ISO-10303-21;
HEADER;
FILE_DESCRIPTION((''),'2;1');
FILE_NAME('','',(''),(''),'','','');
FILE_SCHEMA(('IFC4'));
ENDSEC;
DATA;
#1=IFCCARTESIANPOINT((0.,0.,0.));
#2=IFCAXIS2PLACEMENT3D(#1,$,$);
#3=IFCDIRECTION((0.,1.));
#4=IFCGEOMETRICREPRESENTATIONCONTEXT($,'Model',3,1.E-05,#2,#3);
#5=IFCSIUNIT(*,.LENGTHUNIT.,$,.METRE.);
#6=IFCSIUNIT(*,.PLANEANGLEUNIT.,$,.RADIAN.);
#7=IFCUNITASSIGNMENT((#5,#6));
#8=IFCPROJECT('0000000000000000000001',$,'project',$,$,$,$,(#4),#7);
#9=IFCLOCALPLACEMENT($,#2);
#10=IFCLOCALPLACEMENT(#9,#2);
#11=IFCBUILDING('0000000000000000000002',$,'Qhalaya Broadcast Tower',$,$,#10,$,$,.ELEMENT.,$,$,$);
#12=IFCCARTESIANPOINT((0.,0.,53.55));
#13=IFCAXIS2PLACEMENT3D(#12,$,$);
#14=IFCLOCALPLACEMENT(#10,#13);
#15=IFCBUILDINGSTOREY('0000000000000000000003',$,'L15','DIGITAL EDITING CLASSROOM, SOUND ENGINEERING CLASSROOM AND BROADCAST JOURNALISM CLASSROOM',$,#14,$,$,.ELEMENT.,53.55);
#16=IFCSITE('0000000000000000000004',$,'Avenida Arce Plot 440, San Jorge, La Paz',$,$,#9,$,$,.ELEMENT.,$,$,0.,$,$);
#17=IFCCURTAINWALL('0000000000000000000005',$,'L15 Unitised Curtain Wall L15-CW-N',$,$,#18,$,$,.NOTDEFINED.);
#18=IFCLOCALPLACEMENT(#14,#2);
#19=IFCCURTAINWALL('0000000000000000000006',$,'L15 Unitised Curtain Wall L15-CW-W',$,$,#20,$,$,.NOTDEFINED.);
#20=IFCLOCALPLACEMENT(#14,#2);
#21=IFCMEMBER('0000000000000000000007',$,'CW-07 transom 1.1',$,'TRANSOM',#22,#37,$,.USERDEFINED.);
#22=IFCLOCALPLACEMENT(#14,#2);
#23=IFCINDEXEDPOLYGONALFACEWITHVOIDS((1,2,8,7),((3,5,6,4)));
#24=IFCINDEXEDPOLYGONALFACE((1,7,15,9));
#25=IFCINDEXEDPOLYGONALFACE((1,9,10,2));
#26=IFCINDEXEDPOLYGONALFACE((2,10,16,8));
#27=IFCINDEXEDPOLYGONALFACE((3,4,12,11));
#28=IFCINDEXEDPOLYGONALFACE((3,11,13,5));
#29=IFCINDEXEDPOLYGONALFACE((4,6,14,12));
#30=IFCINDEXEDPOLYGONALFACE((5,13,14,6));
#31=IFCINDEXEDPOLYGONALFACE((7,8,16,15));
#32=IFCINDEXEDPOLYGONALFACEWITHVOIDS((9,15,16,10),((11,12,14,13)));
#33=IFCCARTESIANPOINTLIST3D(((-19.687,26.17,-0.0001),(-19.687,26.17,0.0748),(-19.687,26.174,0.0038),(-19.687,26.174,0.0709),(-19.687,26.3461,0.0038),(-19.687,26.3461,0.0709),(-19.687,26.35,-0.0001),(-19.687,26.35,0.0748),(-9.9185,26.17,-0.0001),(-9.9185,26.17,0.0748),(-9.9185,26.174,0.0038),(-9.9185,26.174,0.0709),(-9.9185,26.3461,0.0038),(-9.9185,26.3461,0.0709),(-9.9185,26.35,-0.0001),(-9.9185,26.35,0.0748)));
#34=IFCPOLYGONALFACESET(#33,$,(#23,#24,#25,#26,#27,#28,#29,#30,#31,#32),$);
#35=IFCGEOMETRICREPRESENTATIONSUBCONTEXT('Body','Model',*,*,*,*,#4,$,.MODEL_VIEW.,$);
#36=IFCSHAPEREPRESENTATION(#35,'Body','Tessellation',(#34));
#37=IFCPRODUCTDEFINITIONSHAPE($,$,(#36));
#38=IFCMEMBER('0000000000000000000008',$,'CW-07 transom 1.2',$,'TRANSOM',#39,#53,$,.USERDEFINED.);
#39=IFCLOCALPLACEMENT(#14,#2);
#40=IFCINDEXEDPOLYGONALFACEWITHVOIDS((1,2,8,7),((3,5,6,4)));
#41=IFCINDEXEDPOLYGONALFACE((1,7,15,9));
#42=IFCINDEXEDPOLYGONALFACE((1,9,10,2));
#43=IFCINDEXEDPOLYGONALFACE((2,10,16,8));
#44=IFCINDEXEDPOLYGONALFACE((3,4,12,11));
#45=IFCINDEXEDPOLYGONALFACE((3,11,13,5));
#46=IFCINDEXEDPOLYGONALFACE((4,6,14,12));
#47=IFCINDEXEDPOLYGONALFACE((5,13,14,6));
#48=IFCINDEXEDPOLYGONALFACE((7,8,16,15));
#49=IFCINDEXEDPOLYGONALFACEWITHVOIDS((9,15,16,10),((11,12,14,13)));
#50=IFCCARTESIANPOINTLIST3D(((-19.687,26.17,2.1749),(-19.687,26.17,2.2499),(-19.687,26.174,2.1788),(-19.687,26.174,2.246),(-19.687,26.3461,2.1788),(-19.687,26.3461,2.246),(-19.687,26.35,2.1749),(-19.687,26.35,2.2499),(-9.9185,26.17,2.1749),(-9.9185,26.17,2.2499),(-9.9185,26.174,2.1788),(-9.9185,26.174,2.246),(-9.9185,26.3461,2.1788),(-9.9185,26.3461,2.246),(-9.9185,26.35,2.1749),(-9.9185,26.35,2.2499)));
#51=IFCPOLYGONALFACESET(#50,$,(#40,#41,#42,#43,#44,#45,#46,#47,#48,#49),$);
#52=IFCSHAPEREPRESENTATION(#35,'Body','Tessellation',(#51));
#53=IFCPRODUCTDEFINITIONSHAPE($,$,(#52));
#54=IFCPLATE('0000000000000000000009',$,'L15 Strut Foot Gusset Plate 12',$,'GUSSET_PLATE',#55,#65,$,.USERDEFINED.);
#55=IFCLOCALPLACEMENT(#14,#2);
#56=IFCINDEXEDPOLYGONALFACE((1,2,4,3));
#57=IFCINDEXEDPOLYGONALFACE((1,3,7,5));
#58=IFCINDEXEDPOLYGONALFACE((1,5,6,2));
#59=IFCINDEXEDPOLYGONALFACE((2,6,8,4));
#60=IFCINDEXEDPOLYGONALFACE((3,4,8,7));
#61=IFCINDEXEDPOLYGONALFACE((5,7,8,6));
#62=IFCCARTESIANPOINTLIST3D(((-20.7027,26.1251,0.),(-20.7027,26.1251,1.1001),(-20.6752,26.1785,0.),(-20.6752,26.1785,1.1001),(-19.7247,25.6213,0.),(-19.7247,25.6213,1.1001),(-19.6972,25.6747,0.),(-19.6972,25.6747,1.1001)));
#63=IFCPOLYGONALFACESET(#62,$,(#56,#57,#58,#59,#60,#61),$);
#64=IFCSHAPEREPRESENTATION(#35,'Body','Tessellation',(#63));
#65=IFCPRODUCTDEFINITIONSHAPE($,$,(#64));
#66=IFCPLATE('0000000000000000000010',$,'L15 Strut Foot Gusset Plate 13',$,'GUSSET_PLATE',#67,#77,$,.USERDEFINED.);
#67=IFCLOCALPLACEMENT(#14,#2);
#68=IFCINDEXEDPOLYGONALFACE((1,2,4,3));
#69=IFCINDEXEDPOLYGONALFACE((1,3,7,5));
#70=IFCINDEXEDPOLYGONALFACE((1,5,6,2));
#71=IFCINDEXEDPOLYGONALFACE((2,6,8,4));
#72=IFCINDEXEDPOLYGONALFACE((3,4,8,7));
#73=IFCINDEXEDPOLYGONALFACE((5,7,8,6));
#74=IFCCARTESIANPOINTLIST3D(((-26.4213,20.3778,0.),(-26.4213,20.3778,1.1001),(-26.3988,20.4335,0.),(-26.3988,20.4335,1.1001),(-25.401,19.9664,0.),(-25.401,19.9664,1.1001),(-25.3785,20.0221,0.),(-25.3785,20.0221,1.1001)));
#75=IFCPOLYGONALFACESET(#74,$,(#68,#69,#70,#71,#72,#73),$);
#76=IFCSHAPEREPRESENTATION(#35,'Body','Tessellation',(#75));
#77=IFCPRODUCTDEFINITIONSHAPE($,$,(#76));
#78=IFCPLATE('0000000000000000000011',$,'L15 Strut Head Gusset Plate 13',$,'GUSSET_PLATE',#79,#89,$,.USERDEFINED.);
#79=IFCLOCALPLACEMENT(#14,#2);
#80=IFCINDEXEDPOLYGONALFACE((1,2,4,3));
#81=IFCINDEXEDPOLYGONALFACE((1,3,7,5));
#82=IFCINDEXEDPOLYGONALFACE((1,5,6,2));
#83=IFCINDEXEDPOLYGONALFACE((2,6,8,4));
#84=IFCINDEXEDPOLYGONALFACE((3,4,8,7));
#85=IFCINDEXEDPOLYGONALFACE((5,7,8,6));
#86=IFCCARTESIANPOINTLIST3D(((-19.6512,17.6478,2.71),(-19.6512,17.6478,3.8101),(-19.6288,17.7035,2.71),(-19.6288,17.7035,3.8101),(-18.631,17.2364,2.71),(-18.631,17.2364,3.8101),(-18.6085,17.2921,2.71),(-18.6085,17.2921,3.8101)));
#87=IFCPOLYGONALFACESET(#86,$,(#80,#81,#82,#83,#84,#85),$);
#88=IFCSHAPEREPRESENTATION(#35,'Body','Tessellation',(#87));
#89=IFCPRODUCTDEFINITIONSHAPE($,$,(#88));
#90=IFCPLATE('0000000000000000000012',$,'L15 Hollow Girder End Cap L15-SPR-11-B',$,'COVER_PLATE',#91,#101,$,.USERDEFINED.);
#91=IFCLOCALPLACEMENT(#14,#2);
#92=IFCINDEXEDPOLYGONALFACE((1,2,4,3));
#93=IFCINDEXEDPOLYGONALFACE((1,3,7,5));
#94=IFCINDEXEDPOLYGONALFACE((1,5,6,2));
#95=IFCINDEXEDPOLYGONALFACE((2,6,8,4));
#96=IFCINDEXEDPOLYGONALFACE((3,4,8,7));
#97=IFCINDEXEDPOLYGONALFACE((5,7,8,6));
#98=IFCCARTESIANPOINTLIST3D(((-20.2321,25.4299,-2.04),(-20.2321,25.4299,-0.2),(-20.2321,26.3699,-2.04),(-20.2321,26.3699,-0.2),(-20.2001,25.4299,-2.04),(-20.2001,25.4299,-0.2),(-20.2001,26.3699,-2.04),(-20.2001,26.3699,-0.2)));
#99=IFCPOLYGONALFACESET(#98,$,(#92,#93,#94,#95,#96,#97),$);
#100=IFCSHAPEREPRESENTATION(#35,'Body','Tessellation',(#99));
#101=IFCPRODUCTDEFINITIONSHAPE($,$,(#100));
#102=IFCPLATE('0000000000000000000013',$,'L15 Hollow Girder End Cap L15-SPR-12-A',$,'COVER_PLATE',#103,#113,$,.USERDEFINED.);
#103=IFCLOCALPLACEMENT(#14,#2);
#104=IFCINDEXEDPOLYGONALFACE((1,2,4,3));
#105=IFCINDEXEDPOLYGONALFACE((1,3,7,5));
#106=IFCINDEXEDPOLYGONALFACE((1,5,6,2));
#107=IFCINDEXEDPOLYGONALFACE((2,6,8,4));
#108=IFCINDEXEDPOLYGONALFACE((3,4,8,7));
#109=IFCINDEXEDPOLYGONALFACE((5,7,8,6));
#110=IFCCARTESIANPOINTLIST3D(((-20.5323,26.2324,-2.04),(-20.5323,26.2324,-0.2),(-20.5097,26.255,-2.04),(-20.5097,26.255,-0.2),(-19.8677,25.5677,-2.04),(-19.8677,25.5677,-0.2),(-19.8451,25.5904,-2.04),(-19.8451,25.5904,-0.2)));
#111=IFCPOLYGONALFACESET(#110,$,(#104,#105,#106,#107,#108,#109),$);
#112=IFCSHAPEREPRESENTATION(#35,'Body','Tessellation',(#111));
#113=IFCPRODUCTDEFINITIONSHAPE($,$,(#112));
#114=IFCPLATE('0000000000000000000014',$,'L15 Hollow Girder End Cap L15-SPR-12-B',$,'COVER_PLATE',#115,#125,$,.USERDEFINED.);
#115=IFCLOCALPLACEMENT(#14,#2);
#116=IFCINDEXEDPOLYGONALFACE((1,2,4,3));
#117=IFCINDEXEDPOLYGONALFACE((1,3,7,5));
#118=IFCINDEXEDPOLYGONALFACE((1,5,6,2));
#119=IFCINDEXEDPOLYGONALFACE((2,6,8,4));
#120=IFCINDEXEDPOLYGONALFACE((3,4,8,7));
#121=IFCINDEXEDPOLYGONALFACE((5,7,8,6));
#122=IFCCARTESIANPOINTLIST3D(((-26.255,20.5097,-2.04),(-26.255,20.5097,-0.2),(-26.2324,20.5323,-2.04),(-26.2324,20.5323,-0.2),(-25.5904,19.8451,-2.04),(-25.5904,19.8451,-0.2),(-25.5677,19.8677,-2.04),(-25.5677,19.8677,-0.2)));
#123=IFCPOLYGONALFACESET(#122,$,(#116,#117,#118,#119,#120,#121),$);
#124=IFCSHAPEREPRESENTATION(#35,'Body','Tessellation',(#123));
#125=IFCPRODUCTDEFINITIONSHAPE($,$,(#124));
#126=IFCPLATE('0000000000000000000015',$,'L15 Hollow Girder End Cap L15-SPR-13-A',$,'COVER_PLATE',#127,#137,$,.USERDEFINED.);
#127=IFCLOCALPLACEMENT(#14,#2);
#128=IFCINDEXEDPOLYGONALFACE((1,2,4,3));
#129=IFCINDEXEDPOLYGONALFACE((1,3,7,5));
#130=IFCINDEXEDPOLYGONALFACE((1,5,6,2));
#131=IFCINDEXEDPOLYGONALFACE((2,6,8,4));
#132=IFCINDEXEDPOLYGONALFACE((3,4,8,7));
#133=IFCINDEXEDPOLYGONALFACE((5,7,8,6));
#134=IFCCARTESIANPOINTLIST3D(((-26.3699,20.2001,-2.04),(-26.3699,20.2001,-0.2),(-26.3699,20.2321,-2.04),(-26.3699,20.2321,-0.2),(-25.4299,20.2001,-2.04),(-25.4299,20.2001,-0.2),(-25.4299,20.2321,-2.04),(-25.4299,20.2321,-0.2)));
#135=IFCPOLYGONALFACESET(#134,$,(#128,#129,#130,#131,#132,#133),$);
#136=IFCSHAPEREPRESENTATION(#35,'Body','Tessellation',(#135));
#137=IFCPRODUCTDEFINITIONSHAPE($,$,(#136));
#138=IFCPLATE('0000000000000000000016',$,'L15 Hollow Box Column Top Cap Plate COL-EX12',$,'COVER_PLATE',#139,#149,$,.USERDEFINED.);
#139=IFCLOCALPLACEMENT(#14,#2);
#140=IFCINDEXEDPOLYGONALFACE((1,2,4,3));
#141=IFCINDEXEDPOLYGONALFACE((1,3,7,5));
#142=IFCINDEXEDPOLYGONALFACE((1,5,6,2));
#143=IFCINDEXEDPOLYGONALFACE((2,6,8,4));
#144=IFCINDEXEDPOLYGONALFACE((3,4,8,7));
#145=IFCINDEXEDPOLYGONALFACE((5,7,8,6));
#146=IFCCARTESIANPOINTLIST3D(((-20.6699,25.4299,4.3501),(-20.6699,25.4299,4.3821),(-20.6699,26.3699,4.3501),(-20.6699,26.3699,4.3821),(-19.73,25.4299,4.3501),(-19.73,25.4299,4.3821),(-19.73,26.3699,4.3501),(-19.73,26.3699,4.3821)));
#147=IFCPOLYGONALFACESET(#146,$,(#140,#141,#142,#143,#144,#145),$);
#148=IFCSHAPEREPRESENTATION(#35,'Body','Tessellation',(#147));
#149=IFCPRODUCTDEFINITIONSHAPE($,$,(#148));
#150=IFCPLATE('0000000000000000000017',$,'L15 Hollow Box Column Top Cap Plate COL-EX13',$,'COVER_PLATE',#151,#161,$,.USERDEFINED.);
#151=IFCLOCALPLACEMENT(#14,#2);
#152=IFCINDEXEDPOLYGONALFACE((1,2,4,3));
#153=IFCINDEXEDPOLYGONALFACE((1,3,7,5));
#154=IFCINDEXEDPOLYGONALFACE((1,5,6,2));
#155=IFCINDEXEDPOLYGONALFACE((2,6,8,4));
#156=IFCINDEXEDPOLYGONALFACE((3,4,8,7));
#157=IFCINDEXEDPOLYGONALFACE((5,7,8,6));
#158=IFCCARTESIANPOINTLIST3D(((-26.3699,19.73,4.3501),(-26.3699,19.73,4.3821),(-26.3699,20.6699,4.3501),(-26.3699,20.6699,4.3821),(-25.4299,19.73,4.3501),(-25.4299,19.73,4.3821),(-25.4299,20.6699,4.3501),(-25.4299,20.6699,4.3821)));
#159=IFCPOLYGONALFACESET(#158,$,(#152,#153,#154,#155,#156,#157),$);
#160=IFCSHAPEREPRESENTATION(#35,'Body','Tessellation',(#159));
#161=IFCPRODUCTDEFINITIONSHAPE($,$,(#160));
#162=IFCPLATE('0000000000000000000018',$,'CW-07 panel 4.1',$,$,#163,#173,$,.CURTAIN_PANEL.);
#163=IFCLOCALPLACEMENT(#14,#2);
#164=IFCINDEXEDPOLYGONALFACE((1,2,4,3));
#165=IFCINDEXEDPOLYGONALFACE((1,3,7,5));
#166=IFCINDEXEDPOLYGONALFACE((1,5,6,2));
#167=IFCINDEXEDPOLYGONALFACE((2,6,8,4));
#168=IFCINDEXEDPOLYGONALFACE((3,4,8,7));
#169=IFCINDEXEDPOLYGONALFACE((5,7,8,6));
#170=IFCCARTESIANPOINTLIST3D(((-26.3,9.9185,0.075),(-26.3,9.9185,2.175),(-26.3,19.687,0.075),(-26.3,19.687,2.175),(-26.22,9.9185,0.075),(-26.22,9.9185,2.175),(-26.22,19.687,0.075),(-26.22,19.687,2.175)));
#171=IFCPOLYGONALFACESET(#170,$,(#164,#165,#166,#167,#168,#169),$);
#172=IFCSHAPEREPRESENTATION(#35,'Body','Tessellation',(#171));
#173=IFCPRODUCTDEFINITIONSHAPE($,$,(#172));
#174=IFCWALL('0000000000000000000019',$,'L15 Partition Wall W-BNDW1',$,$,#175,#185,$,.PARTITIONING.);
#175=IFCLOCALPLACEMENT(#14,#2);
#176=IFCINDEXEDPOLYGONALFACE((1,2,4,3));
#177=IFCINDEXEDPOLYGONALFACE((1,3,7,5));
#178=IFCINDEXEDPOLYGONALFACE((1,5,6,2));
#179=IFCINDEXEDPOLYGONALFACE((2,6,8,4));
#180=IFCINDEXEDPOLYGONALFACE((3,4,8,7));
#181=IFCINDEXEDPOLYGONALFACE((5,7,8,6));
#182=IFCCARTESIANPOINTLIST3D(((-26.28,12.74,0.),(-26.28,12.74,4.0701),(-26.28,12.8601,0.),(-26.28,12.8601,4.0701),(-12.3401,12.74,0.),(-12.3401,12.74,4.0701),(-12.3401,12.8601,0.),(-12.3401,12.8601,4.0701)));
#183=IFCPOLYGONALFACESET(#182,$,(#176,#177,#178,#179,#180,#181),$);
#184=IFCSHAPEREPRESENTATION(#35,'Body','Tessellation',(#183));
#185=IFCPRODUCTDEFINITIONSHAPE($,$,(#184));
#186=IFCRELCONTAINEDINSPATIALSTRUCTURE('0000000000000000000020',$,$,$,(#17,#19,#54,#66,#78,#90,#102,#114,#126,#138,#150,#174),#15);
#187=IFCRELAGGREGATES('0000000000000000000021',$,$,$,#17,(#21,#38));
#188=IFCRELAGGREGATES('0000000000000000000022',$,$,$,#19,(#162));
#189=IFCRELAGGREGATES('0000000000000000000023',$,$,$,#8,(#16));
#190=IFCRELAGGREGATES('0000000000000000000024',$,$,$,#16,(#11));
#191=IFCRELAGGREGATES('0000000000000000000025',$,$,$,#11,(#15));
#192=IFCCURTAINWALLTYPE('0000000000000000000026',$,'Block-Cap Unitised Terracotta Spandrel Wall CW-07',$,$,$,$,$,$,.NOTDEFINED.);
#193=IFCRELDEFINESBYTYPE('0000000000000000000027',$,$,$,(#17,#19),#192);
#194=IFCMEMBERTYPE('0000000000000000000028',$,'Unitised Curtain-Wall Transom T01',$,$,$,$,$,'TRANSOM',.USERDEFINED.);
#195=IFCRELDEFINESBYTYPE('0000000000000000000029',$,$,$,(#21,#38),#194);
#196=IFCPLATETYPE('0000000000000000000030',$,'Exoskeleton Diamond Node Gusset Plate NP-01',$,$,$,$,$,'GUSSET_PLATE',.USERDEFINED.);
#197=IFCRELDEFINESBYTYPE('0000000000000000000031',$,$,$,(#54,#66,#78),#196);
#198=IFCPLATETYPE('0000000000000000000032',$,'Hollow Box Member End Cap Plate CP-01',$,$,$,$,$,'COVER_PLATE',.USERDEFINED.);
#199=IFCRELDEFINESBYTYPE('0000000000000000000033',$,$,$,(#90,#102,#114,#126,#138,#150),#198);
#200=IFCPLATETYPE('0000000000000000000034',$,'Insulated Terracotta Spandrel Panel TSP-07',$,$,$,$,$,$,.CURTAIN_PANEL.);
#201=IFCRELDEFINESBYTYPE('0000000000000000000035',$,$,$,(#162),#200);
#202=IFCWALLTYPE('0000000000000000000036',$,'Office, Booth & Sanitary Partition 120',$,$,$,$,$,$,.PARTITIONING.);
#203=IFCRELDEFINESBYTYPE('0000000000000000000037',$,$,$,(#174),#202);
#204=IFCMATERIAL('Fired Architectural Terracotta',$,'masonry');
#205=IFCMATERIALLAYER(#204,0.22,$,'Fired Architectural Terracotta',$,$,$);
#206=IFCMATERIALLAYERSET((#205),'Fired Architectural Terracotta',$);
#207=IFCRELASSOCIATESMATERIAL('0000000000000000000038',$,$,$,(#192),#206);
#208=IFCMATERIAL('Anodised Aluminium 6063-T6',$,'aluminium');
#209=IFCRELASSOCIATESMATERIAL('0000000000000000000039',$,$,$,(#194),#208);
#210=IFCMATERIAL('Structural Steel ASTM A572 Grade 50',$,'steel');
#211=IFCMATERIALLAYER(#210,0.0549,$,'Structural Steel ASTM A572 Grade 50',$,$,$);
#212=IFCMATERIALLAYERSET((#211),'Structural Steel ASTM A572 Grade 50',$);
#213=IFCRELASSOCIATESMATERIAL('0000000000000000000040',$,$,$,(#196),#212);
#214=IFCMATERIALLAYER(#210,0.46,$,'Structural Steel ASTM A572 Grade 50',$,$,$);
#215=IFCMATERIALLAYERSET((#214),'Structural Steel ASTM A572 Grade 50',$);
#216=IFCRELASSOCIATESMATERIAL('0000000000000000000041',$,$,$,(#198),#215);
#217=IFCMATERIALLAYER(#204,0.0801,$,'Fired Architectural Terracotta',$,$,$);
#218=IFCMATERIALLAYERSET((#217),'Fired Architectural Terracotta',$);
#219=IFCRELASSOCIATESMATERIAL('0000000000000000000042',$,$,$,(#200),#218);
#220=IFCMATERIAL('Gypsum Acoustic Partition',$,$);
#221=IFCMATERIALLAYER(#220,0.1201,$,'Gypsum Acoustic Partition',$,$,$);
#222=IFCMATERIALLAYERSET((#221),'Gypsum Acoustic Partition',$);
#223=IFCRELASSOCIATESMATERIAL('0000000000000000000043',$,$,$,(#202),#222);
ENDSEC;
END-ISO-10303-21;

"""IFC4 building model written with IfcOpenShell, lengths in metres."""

from ifc_helpers import new_model, si_unit, direction, frame, frame_2d, origin, origin_2d, place, context, subcontext, project, spatial, rectangle, hollow_rectangle, extrude, material, layer, layer_set, material_profile, profile_set, type_object, element, aggregate, save


model = new_model("IFC4")

# Units and contexts
model_context = context("Model", 3, precision=1e-05, world=origin(), true_north=direction((0.0, 1.0)))
body_context = subcontext(model_context, "Body", "Model", "MODEL_VIEW")
ifc_project = project(units=[si_unit("LENGTHUNIT", "METRE"), si_unit("PLANEANGLEUNIT", "RADIAN")], contexts=[model_context])

# Site, building, storey
site_placement = place(None, origin())
site = spatial("IfcSite", under=ifc_project, at=site_placement, Name="Avenida Arce Plot 440, San Jorge, La Paz", CompositionType="ELEMENT", RefElevation=0.0)
building_placement = place(site_placement, origin())
building = spatial("IfcBuilding", under=site, at=building_placement, Name="Qhalaya Broadcast Tower", CompositionType="ELEMENT")
storey_placement = place(building_placement, frame((0.0, 0.0, 53.55)))
storey = spatial("IfcBuildingStorey", under=building, at=storey_placement, Name="L15", Description="DIGITAL EDITING CLASSROOM, SOUND ENGINEERING CLASSROOM AND BROADCAST JOURNALISM CLASSROOM", CompositionType="ELEMENT", Elevation=53.55)

# Shared definitions
ifc_material_1 = material(Name="Structural Steel ASTM A572 Grade 50", Category="steel")

# Curtain walls
ifc_material_2 = material(Name="Fired Architectural Terracotta", Category="masonry")
ifc_layer_1 = layer(ifc_material_2, 0.22, Name="Fired Architectural Terracotta")
ifc_layer_set_1 = layer_set([ifc_layer_1], Name="Fired Architectural Terracotta")
curtain_wall_type = type_object("IfcCurtainWallType", Name="Block-Cap Unitised Terracotta Spandrel Wall CW-07", PredefinedType="NOTDEFINED", material=ifc_layer_set_1)
curtain_wall_1_placement = place(storey_placement, origin())
curtain_wall_1 = element("IfcCurtainWall", 1, at=curtain_wall_1_placement, inside=storey, type_object=curtain_wall_type, Name="L15 Unitised Curtain Wall L15-CW-N", PredefinedType="NOTDEFINED")
ifc_material_3 = material(Name="Anodised Aluminium 6063-T6", Category="aluminium")
curtain_wall_2_placement = place(storey_placement, origin())
curtain_wall_2 = element("IfcCurtainWall", 2, at=curtain_wall_2_placement, inside=storey, type_object=curtain_wall_type, Name="L15 Unitised Curtain Wall L15-CW-W", PredefinedType="NOTDEFINED")

# Members
ifc_material_profile_1 = material_profile(ifc_material_3, hollow_rectangle(XDim=0.075, YDim=0.1799, WallThickness=0.0039, at=origin_2d()), Name="ALU-TRN 75x180x4")
ifc_profile_set_1 = profile_set([ifc_material_profile_1], Name="Anodised Aluminium 6063-T6")
member_type_1 = type_object("IfcMemberType", Name="Unitised Curtain-Wall Transom T01", ElementType="TRANSOM", PredefinedType="USERDEFINED", material=ifc_profile_set_1)
member_1_placement = place(storey_placement, frame((-19.687, 26.26, 0.0374), z_axis=(1.0, 0.0, 0.0), x_axis=(0.0, 0.0, 1.0)))
member_1 = element("IfcMember", 3, at=member_1_placement, type_object=member_type_1, Name="CW-07 transom 1.1", ObjectType="TRANSOM", PredefinedType="USERDEFINED", context=body_context, shape_type="SweptSolid", body=[
    extrude(hollow_rectangle(XDim=0.075, YDim=0.1799, WallThickness=0.0039, at=origin_2d()), origin(), (0.0, 0.0, 1.0), 9.7686),
])
member_2_placement = place(storey_placement, frame((-19.687, 26.26, 2.2124), z_axis=(1.0, 0.0, 0.0), x_axis=(0.0, 0.0, 1.0)))
member_2 = element("IfcMember", 4, at=member_2_placement, type_object=member_type_1, Name="CW-07 transom 1.2", ObjectType="TRANSOM", PredefinedType="USERDEFINED", context=body_context, shape_type="SweptSolid", body=[
    extrude(hollow_rectangle(XDim=0.075, YDim=0.1799, WallThickness=0.0039, at=origin_2d()), origin(), (0.0, 0.0, 1.0), 9.7686),
])
aggregate(curtain_wall_1, [member_1, member_2])

# Plates
ifc_layer_2 = layer(ifc_material_1, 0.0549, Name="Structural Steel ASTM A572 Grade 50")
ifc_layer_set_2 = layer_set([ifc_layer_2], Name="Structural Steel ASTM A572 Grade 50")
plate_type_1 = type_object("IfcPlateType", Name="Exoskeleton Diamond Node Gusset Plate NP-01", ElementType="GUSSET_PLATE", PredefinedType="USERDEFINED", material=ifc_layer_set_2)
for number, where, z_axis, x_axis, name in (
    (5, (-20.2, 25.8999, 0.0), (0.0, 0.0, 1.0), (0.888977, -0.457951, 0.0), "L15 Strut Foot Gusset Plate 12"),
    (6, (-25.8999, 20.2, 0.0), (0.0, 0.0, 1.0), (0.927432, -0.373992, 0.0), "L15 Strut Foot Gusset Plate 13"),
    (7, (-19.1299, 17.47, 2.71), (0.0, 0.0, 1.0), (0.927432, -0.373992, 0.0), "L15 Strut Head Gusset Plate 13"),
):
    element("IfcPlate", number, at=place(storey_placement, frame(where, z_axis=z_axis, x_axis=x_axis)), inside=storey, type_object=plate_type_1, Name=name, ObjectType="GUSSET_PLATE", PredefinedType="USERDEFINED", context=body_context, shape_type="SweptSolid", body=[
        extrude(rectangle(XDim=1.1001, YDim=0.0601, at=origin_2d()), origin(), (0.0, 0.0, 1.0), 1.1001),
    ])
ifc_layer_3 = layer(ifc_material_1, 0.46, Name="Structural Steel ASTM A572 Grade 50")
ifc_layer_set_3 = layer_set([ifc_layer_3], Name="Structural Steel ASTM A572 Grade 50")
plate_type_2 = type_object("IfcPlateType", Name="Hollow Box Member End Cap Plate CP-01", ElementType="COVER_PLATE", PredefinedType="USERDEFINED", material=ifc_layer_set_3)
for number, where, z_axis, x_axis, name in (
    (8, (-20.2161, 25.8999, -2.04), (0.0, 0.0, 1.0), (0.0, -1.0, 0.0), "L15 Hollow Girder End Cap L15-SPR-11-B"),
    (9, (-20.1887, 25.9114, -2.04), (0.0, 0.0, 1.0), (0.707107, -0.707107, 0.0), "L15 Hollow Girder End Cap L15-SPR-12-A"),
    (10, (-25.9114, 20.1887, -2.04), (0.0, 0.0, 1.0), (0.707107, -0.707107, 0.0), "L15 Hollow Girder End Cap L15-SPR-12-B"),
    (11, (-25.8999, 20.2161, -2.04), (0.0, 0.0, 1.0), (1.0, 0.0, 0.0), "L15 Hollow Girder End Cap L15-SPR-13-A"),
):
    element("IfcPlate", number, at=place(storey_placement, frame(where, z_axis=z_axis, x_axis=x_axis)), inside=storey, type_object=plate_type_2, Name=name, ObjectType="COVER_PLATE", PredefinedType="USERDEFINED", context=body_context, shape_type="SweptSolid", body=[
        extrude(rectangle(XDim=0.9399, YDim=0.032, at=origin_2d()), origin(), (0.0, 0.0, 1.0), 1.8401),
    ])
for number, where, z_axis, x_axis, name in (
    (12, (-20.2, 25.8999, 4.3501), (0.0, 0.0, 1.0), (1.0, 0.0, 0.0), "L15 Hollow Box Column Top Cap Plate COL-EX12"),
    (13, (-25.8999, 20.2, 4.3501), (0.0, 0.0, 1.0), (0.0, 1.0, 0.0), "L15 Hollow Box Column Top Cap Plate COL-EX13"),
):
    element("IfcPlate", number, at=place(storey_placement, frame(where, z_axis=z_axis, x_axis=x_axis)), inside=storey, type_object=plate_type_2, Name=name, ObjectType="COVER_PLATE", PredefinedType="USERDEFINED", context=body_context, shape_type="SweptSolid", body=[
        extrude(rectangle(XDim=0.9399, YDim=0.9399, at=origin_2d()), origin(), (0.0, 0.0, 1.0), 0.032),
    ])

# Plate
ifc_layer_4 = layer(ifc_material_2, 0.0801, Name="Fired Architectural Terracotta")
ifc_layer_set_4 = layer_set([ifc_layer_4], Name="Fired Architectural Terracotta")
plate_type_3 = type_object("IfcPlateType", Name="Insulated Terracotta Spandrel Panel TSP-07", PredefinedType="CURTAIN_PANEL", material=ifc_layer_set_4)
plate_placement = place(storey_placement, frame((-26.26, 14.8027, 0.075), z_axis=(0.0, 0.0, 1.0), x_axis=(0.0, 1.0, 0.0)))
plate = element("IfcPlate", 14, at=plate_placement, type_object=plate_type_3, Name="CW-07 panel 4.1", PredefinedType="CURTAIN_PANEL", context=body_context, shape_type="SweptSolid", body=[
    extrude(rectangle(XDim=9.7686, YDim=0.0801, at=origin_2d()), origin(), (0.0, 0.0, 1.0), 2.1001),
])
aggregate(curtain_wall_2, [plate])

# Wall
ifc_material_4 = material(Name="Gypsum Acoustic Partition")
ifc_layer_5 = layer(ifc_material_4, 0.1201, Name="Gypsum Acoustic Partition")
ifc_layer_set_5 = layer_set([ifc_layer_5], Name="Gypsum Acoustic Partition")
wall_type = type_object("IfcWallType", Name="Office, Booth & Sanitary Partition 120", PredefinedType="PARTITIONING", material=ifc_layer_set_5)
wall_placement = place(storey_placement, frame((-26.28, 12.8, 0.0), z_axis=(0.0, 0.0, 1.0), x_axis=(1.0, 0.0, 0.0)))
element("IfcWall", 15, at=wall_placement, inside=storey, type_object=wall_type, Name="L15 Partition Wall W-BNDW1", PredefinedType="PARTITIONING", context=body_context, shape_type="SweptSolid", body=[
    extrude(rectangle(XDim=13.9399, YDim=0.1201, at=frame_2d((6.97, 0.0))), origin(), (0.0, 0.0, 1.0), 4.0701),
])

save(model, "model.ifc")
